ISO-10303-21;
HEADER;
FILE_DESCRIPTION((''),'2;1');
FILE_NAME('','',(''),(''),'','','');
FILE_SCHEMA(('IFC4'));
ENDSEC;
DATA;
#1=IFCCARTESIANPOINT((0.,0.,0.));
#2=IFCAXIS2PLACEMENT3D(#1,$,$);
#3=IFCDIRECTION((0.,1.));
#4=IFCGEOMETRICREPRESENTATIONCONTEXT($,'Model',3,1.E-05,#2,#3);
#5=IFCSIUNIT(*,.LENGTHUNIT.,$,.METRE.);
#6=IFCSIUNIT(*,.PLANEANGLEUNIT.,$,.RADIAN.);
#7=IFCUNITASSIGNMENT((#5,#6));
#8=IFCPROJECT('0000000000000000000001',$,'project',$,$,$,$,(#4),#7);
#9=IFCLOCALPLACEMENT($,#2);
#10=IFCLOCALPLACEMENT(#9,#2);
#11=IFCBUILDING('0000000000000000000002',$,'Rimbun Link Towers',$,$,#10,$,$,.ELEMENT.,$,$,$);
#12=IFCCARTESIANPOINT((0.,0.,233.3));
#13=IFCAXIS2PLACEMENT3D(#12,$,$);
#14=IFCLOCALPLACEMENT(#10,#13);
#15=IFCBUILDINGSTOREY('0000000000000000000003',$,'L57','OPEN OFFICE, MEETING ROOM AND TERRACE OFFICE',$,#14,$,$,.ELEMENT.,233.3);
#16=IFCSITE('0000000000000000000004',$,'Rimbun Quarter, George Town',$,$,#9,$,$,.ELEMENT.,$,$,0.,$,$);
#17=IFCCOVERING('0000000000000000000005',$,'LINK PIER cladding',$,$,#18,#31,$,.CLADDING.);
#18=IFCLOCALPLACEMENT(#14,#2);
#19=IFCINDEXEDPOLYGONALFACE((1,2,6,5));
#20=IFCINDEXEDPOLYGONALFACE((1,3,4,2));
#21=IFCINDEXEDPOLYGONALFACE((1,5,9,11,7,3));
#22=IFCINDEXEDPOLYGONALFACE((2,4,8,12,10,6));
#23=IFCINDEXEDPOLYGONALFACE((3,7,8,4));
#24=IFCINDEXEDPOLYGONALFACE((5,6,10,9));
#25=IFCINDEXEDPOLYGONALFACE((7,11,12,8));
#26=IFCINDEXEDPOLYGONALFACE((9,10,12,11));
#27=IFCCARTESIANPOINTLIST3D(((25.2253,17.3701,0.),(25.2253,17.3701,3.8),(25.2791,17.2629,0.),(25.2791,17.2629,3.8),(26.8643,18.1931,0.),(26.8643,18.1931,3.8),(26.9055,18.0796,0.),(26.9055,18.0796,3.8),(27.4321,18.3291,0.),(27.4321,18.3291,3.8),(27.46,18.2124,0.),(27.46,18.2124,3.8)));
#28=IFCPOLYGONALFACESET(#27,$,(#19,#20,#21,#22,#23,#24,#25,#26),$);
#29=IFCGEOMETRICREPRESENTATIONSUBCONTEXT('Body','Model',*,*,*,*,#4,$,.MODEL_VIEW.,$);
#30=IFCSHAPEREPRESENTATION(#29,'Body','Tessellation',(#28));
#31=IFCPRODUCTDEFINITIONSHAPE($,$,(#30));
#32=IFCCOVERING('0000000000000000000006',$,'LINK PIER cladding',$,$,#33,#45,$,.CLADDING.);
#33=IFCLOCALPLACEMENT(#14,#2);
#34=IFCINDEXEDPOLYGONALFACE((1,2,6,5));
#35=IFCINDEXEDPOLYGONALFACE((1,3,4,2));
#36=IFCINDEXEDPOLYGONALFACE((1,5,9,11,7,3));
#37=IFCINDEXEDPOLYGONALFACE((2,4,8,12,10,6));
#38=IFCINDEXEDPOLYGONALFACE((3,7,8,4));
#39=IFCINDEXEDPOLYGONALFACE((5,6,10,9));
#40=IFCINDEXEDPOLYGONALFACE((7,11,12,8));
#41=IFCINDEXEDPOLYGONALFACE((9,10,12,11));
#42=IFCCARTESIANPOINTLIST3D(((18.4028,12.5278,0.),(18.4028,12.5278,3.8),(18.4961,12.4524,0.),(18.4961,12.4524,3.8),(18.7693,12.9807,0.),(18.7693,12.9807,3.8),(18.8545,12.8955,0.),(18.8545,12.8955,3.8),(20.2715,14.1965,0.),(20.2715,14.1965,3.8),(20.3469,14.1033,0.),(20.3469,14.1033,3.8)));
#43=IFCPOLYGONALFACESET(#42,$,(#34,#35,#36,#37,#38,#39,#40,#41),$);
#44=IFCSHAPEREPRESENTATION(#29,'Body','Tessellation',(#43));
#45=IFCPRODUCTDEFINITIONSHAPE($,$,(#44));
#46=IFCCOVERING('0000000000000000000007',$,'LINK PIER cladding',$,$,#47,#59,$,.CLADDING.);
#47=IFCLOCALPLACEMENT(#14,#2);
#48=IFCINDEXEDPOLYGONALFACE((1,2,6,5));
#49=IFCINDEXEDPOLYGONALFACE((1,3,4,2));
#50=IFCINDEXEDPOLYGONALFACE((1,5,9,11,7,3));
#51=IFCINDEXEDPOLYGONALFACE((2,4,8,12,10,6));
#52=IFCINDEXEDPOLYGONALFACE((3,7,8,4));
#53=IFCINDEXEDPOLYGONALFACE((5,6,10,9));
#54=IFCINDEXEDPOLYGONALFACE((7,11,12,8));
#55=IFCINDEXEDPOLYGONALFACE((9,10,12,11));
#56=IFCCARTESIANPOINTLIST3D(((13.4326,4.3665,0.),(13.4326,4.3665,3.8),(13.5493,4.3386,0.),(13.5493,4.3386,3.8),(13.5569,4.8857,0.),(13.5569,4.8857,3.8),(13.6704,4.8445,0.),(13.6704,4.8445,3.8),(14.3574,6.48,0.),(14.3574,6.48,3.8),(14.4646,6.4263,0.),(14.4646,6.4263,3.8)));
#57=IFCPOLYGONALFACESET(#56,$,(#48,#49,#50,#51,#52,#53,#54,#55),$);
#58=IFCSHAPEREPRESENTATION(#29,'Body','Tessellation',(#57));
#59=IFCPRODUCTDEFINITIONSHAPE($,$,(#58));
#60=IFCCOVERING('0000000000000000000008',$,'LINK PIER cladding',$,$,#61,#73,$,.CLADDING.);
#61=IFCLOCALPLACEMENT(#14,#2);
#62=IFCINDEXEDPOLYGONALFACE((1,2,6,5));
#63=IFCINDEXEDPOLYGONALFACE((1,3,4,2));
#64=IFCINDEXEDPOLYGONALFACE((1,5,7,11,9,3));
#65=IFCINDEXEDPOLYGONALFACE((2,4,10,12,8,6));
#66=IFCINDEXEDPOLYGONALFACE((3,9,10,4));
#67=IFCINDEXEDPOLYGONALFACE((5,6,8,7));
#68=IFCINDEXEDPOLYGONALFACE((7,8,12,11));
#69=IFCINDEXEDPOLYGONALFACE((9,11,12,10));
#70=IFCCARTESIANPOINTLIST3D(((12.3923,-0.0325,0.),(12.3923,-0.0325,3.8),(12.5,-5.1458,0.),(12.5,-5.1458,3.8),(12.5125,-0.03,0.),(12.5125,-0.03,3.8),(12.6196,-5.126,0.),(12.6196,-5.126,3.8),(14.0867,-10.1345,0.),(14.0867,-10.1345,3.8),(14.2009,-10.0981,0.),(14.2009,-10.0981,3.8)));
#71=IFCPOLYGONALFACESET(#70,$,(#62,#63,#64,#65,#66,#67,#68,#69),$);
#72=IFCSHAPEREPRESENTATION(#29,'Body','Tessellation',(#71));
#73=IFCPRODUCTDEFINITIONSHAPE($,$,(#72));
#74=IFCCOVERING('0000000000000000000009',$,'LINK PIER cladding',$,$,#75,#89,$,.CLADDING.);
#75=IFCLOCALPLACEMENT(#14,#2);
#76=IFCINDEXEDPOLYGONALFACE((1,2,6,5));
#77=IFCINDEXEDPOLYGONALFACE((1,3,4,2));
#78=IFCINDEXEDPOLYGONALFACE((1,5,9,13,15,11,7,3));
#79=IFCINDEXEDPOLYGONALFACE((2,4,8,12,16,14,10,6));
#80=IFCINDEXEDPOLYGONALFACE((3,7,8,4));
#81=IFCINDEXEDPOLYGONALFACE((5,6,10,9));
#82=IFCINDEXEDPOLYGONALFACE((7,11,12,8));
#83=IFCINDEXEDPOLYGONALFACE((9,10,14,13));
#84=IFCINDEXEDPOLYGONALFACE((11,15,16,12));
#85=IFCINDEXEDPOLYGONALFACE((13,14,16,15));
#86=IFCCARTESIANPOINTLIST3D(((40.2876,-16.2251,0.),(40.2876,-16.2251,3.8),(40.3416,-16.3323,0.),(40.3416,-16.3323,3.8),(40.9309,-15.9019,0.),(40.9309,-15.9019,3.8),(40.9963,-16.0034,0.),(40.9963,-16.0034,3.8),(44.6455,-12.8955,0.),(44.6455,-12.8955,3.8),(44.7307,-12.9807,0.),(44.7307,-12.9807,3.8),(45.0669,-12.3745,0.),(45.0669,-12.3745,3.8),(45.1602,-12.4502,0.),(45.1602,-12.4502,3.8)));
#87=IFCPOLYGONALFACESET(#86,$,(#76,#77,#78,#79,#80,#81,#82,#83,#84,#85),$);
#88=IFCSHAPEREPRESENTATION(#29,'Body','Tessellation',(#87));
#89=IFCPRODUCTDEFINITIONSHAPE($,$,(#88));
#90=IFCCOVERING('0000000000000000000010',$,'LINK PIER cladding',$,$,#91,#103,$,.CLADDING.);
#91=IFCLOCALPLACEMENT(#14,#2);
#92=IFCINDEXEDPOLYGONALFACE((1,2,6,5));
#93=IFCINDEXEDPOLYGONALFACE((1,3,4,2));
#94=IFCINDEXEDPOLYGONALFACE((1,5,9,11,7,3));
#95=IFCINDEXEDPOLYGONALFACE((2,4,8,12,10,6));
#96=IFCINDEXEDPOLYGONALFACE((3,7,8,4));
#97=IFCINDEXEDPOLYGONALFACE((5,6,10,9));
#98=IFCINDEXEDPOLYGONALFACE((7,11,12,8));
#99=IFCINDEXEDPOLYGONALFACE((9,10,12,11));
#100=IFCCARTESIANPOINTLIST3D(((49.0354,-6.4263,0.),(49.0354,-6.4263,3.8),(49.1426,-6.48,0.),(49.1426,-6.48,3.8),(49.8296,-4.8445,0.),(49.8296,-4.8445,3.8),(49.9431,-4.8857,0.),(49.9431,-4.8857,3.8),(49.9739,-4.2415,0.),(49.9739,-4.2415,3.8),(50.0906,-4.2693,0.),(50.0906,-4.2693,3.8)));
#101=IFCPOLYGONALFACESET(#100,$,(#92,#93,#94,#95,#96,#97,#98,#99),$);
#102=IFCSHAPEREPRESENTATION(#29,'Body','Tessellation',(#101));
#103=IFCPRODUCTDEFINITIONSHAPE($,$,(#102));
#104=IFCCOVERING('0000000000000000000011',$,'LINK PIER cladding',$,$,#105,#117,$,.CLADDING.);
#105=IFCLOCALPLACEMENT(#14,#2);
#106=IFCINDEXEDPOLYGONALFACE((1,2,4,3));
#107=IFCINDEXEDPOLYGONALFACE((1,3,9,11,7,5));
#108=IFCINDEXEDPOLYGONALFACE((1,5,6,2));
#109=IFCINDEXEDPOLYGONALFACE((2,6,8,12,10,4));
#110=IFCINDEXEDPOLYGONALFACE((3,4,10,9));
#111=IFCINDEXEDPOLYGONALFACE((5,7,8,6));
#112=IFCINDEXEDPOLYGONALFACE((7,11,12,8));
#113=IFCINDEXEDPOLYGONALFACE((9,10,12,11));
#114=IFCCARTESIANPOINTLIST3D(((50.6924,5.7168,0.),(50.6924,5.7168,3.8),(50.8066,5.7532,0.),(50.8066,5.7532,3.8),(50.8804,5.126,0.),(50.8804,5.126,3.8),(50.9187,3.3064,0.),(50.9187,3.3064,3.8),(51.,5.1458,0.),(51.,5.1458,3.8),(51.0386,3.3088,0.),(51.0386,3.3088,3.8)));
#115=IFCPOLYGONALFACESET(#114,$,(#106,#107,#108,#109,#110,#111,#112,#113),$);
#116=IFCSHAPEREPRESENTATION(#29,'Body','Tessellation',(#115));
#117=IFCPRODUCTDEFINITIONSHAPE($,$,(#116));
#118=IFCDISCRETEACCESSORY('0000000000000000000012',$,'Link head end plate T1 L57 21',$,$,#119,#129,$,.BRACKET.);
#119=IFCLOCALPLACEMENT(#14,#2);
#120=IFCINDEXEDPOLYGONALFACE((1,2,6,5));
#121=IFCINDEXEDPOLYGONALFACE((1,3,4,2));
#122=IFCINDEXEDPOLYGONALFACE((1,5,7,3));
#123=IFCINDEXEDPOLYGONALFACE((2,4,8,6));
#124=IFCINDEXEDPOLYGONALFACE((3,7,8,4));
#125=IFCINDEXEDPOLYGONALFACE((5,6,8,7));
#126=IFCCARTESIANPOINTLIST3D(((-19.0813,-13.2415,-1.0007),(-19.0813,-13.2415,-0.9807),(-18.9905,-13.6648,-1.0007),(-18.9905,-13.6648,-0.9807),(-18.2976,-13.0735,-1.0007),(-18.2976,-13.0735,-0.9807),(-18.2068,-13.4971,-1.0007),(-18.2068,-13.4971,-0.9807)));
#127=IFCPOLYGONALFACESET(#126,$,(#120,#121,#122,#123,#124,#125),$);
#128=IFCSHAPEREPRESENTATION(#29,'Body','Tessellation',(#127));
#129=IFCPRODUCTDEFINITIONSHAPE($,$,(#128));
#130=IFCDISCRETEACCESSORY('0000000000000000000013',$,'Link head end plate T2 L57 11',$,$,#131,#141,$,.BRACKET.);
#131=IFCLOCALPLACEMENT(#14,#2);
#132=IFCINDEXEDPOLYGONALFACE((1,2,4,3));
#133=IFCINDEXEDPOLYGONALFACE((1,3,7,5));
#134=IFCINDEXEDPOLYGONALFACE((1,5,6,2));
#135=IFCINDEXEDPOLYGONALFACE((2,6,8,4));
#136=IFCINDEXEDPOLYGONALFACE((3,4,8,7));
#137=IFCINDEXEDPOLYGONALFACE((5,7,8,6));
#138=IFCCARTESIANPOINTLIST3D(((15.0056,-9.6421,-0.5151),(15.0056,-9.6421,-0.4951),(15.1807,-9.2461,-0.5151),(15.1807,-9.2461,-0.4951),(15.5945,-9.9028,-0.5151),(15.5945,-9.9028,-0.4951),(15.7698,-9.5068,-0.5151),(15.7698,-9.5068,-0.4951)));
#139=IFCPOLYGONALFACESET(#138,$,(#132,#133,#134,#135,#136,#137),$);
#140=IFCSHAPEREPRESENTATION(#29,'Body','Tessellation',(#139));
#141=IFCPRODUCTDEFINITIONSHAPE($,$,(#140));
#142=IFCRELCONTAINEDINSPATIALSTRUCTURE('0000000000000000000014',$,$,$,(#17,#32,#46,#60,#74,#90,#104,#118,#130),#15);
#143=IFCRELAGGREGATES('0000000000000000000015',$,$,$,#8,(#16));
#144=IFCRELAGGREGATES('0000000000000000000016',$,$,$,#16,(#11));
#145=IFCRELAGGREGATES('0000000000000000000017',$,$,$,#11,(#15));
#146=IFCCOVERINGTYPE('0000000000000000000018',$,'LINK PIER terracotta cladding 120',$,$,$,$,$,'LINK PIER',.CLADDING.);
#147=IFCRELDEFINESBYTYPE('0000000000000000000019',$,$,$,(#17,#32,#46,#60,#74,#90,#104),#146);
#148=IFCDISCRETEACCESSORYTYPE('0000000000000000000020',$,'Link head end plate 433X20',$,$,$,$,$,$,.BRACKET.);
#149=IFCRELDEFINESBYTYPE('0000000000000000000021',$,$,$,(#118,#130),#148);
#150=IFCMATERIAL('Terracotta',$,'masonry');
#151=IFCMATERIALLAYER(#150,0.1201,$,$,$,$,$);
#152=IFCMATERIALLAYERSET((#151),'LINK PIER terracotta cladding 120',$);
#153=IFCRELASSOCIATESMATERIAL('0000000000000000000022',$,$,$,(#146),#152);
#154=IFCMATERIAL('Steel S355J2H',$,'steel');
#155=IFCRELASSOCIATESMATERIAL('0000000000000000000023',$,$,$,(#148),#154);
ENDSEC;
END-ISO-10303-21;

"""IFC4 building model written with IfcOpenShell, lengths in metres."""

from ifc_helpers import new_model, si_unit, direction, frame, origin, origin_2d, place, context, subcontext, project, spatial, polyline, rectangle, outline, extrude, material, layer, layer_set, material_profile, profile_set, type_object, element, save


model = new_model("IFC4")

# Units and contexts
model_context = context("Model", 3, precision=1e-05, world=origin(), true_north=direction((0.0, 1.0)))
body_context = subcontext(model_context, "Body", "Model", "MODEL_VIEW")
ifc_project = project(units=[si_unit("LENGTHUNIT", "METRE"), si_unit("PLANEANGLEUNIT", "RADIAN")], contexts=[model_context])

# Site, building, storey
site_placement = place(None, origin())
site = spatial("IfcSite", under=ifc_project, at=site_placement, Name="Rimbun Quarter, George Town", CompositionType="ELEMENT", RefElevation=0.0)
building_placement = place(site_placement, origin())
building = spatial("IfcBuilding", under=site, at=building_placement, Name="Rimbun Link Towers", CompositionType="ELEMENT")
storey_placement = place(building_placement, frame((0.0, 0.0, 233.3)))
storey = spatial("IfcBuildingStorey", under=building, at=storey_placement, Name="L57", Description="OPEN OFFICE, MEETING ROOM AND TERRACE OFFICE", CompositionType="ELEMENT", Elevation=233.3)

# Coverings
ifc_material_1 = material(Name="Terracotta", Category="masonry")
ifc_layer_1 = layer(ifc_material_1, 0.1201)
ifc_layer_set_1 = layer_set([ifc_layer_1], Name="LINK PIER terracotta cladding 120")
covering_type = type_object("IfcCoveringType", Name="LINK PIER terracotta cladding 120", ElementType="LINK PIER", PredefinedType="CLADDING", material=ifc_layer_set_1)
covering_1_placement = place(storey_placement, origin())
element("IfcCovering", 1, at=covering_1_placement, inside=storey, type_object=covering_type, Name="LINK PIER cladding", PredefinedType="CLADDING", context=body_context, shape_type="SweptSolid", body=[
    extrude(outline(polyline([(25.2791, 17.2629), (26.9055, 18.0796), (27.46, 18.2124), (27.4321, 18.3291), (26.8643, 18.1931), (25.2253, 17.3701), (25.2791, 17.2629)])), origin(), (0.0, 0.0, 1.0), 3.8),
])
covering_2_placement = place(storey_placement, origin())
element("IfcCovering", 2, at=covering_2_placement, inside=storey, type_object=covering_type, Name="LINK PIER cladding", PredefinedType="CLADDING", context=body_context, shape_type="SweptSolid", body=[
    extrude(outline(polyline([(18.4961, 12.4524), (18.8545, 12.8955), (20.3469, 14.1033), (20.2715, 14.1965), (18.7693, 12.9807), (18.4028, 12.5278), (18.4961, 12.4524)])), origin(), (0.0, 0.0, 1.0), 3.8),
])
covering_3_placement = place(storey_placement, origin())
element("IfcCovering", 3, at=covering_3_placement, inside=storey, type_object=covering_type, Name="LINK PIER cladding", PredefinedType="CLADDING", context=body_context, shape_type="SweptSolid", body=[
    extrude(outline(polyline([(13.5493, 4.3386), (13.6704, 4.8445), (14.4646, 6.4263), (14.3574, 6.48), (13.5569, 4.8857), (13.4326, 4.3665), (13.5493, 4.3386)])), origin(), (0.0, 0.0, 1.0), 3.8),
])
covering_4_placement = place(storey_placement, origin())
element("IfcCovering", 4, at=covering_4_placement, inside=storey, type_object=covering_type, Name="LINK PIER cladding", PredefinedType="CLADDING", context=body_context, shape_type="SweptSolid", body=[
    extrude(outline(polyline([(14.2009, -10.0981), (12.6196, -5.126), (12.5125, -0.03), (12.3923, -0.0325), (12.5, -5.1458), (14.0867, -10.1345), (14.2009, -10.0981)])), origin(), (0.0, 0.0, 1.0), 3.8),
])
covering_5_placement = place(storey_placement, origin())
element("IfcCovering", 5, at=covering_5_placement, inside=storey, type_object=covering_type, Name="LINK PIER cladding", PredefinedType="CLADDING", context=body_context, shape_type="SweptSolid", body=[
    extrude(outline(polyline([(45.0669, -12.3745), (44.6455, -12.8955), (40.9309, -15.9019), (40.2876, -16.2251), (40.3416, -16.3323), (40.9963, -16.0034), (44.7307, -12.9807), (45.1602, -12.4502), (45.0669, -12.3745)])), origin(), (0.0, 0.0, 1.0), 3.8),
])
covering_6_placement = place(storey_placement, origin())
element("IfcCovering", 6, at=covering_6_placement, inside=storey, type_object=covering_type, Name="LINK PIER cladding", PredefinedType="CLADDING", context=body_context, shape_type="SweptSolid", body=[
    extrude(outline(polyline([(49.9739, -4.2415), (49.8296, -4.8445), (49.0354, -6.4263), (49.1426, -6.48), (49.9431, -4.8857), (50.0906, -4.2693), (49.9739, -4.2415)])), origin(), (0.0, 0.0, 1.0), 3.8),
])
covering_7_placement = place(storey_placement, origin())
element("IfcCovering", 7, at=covering_7_placement, inside=storey, type_object=covering_type, Name="LINK PIER cladding", PredefinedType="CLADDING", context=body_context, shape_type="SweptSolid", body=[
    extrude(outline(polyline([(50.6924, 5.7168), (50.8804, 5.126), (50.9187, 3.3064), (51.0386, 3.3088), (51.0, 5.1458), (50.8066, 5.7532), (50.6924, 5.7168)])), origin(), (0.0, 0.0, 1.0), 3.8),
])

# Discrete accessories
ifc_material_2 = material(Name="Steel S355J2H", Category="steel")
ifc_material_profile_1 = material_profile(ifc_material_2, rectangle(XDim=0.4331, YDim=0.4331, at=origin_2d()), Name="PL 433x433")
ifc_profile_set_1 = profile_set([ifc_material_profile_1], Name="Steel S355J2H")
discrete_accessory_type = type_object("IfcDiscreteAccessoryType", Name="Link head end plate 433X20", PredefinedType="BRACKET", material=ifc_profile_set_1)
discrete_accessory_1_placement = place(storey_placement, frame((0.0, 0.0, -1.0007)))
element("IfcDiscreteAccessory", 8, at=discrete_accessory_1_placement, inside=storey, type_object=discrete_accessory_type, Name="Link head end plate T1 L57 21", PredefinedType="BRACKET", context=body_context, shape_type="SweptSolid", body=[
    extrude(outline(polyline([(-18.9905, -13.6648), (-18.2068, -13.4971), (-18.2976, -13.0735), (-19.0813, -13.2415), (-18.9905, -13.6648)])), origin(), (0.0, 0.0, 1.0), 0.02),
])
discrete_accessory_2_placement = place(storey_placement, frame((0.0, 0.0, -0.5151)))
element("IfcDiscreteAccessory", 9, at=discrete_accessory_2_placement, inside=storey, type_object=discrete_accessory_type, Name="Link head end plate T2 L57 11", PredefinedType="BRACKET", context=body_context, shape_type="SweptSolid", body=[
    extrude(outline(polyline([(15.7698, -9.5068), (15.1807, -9.2461), (15.0056, -9.6421), (15.5945, -9.9028), (15.7698, -9.5068)])), origin(), (0.0, 0.0, 1.0), 0.02),
])

save(model, "model.ifc")
